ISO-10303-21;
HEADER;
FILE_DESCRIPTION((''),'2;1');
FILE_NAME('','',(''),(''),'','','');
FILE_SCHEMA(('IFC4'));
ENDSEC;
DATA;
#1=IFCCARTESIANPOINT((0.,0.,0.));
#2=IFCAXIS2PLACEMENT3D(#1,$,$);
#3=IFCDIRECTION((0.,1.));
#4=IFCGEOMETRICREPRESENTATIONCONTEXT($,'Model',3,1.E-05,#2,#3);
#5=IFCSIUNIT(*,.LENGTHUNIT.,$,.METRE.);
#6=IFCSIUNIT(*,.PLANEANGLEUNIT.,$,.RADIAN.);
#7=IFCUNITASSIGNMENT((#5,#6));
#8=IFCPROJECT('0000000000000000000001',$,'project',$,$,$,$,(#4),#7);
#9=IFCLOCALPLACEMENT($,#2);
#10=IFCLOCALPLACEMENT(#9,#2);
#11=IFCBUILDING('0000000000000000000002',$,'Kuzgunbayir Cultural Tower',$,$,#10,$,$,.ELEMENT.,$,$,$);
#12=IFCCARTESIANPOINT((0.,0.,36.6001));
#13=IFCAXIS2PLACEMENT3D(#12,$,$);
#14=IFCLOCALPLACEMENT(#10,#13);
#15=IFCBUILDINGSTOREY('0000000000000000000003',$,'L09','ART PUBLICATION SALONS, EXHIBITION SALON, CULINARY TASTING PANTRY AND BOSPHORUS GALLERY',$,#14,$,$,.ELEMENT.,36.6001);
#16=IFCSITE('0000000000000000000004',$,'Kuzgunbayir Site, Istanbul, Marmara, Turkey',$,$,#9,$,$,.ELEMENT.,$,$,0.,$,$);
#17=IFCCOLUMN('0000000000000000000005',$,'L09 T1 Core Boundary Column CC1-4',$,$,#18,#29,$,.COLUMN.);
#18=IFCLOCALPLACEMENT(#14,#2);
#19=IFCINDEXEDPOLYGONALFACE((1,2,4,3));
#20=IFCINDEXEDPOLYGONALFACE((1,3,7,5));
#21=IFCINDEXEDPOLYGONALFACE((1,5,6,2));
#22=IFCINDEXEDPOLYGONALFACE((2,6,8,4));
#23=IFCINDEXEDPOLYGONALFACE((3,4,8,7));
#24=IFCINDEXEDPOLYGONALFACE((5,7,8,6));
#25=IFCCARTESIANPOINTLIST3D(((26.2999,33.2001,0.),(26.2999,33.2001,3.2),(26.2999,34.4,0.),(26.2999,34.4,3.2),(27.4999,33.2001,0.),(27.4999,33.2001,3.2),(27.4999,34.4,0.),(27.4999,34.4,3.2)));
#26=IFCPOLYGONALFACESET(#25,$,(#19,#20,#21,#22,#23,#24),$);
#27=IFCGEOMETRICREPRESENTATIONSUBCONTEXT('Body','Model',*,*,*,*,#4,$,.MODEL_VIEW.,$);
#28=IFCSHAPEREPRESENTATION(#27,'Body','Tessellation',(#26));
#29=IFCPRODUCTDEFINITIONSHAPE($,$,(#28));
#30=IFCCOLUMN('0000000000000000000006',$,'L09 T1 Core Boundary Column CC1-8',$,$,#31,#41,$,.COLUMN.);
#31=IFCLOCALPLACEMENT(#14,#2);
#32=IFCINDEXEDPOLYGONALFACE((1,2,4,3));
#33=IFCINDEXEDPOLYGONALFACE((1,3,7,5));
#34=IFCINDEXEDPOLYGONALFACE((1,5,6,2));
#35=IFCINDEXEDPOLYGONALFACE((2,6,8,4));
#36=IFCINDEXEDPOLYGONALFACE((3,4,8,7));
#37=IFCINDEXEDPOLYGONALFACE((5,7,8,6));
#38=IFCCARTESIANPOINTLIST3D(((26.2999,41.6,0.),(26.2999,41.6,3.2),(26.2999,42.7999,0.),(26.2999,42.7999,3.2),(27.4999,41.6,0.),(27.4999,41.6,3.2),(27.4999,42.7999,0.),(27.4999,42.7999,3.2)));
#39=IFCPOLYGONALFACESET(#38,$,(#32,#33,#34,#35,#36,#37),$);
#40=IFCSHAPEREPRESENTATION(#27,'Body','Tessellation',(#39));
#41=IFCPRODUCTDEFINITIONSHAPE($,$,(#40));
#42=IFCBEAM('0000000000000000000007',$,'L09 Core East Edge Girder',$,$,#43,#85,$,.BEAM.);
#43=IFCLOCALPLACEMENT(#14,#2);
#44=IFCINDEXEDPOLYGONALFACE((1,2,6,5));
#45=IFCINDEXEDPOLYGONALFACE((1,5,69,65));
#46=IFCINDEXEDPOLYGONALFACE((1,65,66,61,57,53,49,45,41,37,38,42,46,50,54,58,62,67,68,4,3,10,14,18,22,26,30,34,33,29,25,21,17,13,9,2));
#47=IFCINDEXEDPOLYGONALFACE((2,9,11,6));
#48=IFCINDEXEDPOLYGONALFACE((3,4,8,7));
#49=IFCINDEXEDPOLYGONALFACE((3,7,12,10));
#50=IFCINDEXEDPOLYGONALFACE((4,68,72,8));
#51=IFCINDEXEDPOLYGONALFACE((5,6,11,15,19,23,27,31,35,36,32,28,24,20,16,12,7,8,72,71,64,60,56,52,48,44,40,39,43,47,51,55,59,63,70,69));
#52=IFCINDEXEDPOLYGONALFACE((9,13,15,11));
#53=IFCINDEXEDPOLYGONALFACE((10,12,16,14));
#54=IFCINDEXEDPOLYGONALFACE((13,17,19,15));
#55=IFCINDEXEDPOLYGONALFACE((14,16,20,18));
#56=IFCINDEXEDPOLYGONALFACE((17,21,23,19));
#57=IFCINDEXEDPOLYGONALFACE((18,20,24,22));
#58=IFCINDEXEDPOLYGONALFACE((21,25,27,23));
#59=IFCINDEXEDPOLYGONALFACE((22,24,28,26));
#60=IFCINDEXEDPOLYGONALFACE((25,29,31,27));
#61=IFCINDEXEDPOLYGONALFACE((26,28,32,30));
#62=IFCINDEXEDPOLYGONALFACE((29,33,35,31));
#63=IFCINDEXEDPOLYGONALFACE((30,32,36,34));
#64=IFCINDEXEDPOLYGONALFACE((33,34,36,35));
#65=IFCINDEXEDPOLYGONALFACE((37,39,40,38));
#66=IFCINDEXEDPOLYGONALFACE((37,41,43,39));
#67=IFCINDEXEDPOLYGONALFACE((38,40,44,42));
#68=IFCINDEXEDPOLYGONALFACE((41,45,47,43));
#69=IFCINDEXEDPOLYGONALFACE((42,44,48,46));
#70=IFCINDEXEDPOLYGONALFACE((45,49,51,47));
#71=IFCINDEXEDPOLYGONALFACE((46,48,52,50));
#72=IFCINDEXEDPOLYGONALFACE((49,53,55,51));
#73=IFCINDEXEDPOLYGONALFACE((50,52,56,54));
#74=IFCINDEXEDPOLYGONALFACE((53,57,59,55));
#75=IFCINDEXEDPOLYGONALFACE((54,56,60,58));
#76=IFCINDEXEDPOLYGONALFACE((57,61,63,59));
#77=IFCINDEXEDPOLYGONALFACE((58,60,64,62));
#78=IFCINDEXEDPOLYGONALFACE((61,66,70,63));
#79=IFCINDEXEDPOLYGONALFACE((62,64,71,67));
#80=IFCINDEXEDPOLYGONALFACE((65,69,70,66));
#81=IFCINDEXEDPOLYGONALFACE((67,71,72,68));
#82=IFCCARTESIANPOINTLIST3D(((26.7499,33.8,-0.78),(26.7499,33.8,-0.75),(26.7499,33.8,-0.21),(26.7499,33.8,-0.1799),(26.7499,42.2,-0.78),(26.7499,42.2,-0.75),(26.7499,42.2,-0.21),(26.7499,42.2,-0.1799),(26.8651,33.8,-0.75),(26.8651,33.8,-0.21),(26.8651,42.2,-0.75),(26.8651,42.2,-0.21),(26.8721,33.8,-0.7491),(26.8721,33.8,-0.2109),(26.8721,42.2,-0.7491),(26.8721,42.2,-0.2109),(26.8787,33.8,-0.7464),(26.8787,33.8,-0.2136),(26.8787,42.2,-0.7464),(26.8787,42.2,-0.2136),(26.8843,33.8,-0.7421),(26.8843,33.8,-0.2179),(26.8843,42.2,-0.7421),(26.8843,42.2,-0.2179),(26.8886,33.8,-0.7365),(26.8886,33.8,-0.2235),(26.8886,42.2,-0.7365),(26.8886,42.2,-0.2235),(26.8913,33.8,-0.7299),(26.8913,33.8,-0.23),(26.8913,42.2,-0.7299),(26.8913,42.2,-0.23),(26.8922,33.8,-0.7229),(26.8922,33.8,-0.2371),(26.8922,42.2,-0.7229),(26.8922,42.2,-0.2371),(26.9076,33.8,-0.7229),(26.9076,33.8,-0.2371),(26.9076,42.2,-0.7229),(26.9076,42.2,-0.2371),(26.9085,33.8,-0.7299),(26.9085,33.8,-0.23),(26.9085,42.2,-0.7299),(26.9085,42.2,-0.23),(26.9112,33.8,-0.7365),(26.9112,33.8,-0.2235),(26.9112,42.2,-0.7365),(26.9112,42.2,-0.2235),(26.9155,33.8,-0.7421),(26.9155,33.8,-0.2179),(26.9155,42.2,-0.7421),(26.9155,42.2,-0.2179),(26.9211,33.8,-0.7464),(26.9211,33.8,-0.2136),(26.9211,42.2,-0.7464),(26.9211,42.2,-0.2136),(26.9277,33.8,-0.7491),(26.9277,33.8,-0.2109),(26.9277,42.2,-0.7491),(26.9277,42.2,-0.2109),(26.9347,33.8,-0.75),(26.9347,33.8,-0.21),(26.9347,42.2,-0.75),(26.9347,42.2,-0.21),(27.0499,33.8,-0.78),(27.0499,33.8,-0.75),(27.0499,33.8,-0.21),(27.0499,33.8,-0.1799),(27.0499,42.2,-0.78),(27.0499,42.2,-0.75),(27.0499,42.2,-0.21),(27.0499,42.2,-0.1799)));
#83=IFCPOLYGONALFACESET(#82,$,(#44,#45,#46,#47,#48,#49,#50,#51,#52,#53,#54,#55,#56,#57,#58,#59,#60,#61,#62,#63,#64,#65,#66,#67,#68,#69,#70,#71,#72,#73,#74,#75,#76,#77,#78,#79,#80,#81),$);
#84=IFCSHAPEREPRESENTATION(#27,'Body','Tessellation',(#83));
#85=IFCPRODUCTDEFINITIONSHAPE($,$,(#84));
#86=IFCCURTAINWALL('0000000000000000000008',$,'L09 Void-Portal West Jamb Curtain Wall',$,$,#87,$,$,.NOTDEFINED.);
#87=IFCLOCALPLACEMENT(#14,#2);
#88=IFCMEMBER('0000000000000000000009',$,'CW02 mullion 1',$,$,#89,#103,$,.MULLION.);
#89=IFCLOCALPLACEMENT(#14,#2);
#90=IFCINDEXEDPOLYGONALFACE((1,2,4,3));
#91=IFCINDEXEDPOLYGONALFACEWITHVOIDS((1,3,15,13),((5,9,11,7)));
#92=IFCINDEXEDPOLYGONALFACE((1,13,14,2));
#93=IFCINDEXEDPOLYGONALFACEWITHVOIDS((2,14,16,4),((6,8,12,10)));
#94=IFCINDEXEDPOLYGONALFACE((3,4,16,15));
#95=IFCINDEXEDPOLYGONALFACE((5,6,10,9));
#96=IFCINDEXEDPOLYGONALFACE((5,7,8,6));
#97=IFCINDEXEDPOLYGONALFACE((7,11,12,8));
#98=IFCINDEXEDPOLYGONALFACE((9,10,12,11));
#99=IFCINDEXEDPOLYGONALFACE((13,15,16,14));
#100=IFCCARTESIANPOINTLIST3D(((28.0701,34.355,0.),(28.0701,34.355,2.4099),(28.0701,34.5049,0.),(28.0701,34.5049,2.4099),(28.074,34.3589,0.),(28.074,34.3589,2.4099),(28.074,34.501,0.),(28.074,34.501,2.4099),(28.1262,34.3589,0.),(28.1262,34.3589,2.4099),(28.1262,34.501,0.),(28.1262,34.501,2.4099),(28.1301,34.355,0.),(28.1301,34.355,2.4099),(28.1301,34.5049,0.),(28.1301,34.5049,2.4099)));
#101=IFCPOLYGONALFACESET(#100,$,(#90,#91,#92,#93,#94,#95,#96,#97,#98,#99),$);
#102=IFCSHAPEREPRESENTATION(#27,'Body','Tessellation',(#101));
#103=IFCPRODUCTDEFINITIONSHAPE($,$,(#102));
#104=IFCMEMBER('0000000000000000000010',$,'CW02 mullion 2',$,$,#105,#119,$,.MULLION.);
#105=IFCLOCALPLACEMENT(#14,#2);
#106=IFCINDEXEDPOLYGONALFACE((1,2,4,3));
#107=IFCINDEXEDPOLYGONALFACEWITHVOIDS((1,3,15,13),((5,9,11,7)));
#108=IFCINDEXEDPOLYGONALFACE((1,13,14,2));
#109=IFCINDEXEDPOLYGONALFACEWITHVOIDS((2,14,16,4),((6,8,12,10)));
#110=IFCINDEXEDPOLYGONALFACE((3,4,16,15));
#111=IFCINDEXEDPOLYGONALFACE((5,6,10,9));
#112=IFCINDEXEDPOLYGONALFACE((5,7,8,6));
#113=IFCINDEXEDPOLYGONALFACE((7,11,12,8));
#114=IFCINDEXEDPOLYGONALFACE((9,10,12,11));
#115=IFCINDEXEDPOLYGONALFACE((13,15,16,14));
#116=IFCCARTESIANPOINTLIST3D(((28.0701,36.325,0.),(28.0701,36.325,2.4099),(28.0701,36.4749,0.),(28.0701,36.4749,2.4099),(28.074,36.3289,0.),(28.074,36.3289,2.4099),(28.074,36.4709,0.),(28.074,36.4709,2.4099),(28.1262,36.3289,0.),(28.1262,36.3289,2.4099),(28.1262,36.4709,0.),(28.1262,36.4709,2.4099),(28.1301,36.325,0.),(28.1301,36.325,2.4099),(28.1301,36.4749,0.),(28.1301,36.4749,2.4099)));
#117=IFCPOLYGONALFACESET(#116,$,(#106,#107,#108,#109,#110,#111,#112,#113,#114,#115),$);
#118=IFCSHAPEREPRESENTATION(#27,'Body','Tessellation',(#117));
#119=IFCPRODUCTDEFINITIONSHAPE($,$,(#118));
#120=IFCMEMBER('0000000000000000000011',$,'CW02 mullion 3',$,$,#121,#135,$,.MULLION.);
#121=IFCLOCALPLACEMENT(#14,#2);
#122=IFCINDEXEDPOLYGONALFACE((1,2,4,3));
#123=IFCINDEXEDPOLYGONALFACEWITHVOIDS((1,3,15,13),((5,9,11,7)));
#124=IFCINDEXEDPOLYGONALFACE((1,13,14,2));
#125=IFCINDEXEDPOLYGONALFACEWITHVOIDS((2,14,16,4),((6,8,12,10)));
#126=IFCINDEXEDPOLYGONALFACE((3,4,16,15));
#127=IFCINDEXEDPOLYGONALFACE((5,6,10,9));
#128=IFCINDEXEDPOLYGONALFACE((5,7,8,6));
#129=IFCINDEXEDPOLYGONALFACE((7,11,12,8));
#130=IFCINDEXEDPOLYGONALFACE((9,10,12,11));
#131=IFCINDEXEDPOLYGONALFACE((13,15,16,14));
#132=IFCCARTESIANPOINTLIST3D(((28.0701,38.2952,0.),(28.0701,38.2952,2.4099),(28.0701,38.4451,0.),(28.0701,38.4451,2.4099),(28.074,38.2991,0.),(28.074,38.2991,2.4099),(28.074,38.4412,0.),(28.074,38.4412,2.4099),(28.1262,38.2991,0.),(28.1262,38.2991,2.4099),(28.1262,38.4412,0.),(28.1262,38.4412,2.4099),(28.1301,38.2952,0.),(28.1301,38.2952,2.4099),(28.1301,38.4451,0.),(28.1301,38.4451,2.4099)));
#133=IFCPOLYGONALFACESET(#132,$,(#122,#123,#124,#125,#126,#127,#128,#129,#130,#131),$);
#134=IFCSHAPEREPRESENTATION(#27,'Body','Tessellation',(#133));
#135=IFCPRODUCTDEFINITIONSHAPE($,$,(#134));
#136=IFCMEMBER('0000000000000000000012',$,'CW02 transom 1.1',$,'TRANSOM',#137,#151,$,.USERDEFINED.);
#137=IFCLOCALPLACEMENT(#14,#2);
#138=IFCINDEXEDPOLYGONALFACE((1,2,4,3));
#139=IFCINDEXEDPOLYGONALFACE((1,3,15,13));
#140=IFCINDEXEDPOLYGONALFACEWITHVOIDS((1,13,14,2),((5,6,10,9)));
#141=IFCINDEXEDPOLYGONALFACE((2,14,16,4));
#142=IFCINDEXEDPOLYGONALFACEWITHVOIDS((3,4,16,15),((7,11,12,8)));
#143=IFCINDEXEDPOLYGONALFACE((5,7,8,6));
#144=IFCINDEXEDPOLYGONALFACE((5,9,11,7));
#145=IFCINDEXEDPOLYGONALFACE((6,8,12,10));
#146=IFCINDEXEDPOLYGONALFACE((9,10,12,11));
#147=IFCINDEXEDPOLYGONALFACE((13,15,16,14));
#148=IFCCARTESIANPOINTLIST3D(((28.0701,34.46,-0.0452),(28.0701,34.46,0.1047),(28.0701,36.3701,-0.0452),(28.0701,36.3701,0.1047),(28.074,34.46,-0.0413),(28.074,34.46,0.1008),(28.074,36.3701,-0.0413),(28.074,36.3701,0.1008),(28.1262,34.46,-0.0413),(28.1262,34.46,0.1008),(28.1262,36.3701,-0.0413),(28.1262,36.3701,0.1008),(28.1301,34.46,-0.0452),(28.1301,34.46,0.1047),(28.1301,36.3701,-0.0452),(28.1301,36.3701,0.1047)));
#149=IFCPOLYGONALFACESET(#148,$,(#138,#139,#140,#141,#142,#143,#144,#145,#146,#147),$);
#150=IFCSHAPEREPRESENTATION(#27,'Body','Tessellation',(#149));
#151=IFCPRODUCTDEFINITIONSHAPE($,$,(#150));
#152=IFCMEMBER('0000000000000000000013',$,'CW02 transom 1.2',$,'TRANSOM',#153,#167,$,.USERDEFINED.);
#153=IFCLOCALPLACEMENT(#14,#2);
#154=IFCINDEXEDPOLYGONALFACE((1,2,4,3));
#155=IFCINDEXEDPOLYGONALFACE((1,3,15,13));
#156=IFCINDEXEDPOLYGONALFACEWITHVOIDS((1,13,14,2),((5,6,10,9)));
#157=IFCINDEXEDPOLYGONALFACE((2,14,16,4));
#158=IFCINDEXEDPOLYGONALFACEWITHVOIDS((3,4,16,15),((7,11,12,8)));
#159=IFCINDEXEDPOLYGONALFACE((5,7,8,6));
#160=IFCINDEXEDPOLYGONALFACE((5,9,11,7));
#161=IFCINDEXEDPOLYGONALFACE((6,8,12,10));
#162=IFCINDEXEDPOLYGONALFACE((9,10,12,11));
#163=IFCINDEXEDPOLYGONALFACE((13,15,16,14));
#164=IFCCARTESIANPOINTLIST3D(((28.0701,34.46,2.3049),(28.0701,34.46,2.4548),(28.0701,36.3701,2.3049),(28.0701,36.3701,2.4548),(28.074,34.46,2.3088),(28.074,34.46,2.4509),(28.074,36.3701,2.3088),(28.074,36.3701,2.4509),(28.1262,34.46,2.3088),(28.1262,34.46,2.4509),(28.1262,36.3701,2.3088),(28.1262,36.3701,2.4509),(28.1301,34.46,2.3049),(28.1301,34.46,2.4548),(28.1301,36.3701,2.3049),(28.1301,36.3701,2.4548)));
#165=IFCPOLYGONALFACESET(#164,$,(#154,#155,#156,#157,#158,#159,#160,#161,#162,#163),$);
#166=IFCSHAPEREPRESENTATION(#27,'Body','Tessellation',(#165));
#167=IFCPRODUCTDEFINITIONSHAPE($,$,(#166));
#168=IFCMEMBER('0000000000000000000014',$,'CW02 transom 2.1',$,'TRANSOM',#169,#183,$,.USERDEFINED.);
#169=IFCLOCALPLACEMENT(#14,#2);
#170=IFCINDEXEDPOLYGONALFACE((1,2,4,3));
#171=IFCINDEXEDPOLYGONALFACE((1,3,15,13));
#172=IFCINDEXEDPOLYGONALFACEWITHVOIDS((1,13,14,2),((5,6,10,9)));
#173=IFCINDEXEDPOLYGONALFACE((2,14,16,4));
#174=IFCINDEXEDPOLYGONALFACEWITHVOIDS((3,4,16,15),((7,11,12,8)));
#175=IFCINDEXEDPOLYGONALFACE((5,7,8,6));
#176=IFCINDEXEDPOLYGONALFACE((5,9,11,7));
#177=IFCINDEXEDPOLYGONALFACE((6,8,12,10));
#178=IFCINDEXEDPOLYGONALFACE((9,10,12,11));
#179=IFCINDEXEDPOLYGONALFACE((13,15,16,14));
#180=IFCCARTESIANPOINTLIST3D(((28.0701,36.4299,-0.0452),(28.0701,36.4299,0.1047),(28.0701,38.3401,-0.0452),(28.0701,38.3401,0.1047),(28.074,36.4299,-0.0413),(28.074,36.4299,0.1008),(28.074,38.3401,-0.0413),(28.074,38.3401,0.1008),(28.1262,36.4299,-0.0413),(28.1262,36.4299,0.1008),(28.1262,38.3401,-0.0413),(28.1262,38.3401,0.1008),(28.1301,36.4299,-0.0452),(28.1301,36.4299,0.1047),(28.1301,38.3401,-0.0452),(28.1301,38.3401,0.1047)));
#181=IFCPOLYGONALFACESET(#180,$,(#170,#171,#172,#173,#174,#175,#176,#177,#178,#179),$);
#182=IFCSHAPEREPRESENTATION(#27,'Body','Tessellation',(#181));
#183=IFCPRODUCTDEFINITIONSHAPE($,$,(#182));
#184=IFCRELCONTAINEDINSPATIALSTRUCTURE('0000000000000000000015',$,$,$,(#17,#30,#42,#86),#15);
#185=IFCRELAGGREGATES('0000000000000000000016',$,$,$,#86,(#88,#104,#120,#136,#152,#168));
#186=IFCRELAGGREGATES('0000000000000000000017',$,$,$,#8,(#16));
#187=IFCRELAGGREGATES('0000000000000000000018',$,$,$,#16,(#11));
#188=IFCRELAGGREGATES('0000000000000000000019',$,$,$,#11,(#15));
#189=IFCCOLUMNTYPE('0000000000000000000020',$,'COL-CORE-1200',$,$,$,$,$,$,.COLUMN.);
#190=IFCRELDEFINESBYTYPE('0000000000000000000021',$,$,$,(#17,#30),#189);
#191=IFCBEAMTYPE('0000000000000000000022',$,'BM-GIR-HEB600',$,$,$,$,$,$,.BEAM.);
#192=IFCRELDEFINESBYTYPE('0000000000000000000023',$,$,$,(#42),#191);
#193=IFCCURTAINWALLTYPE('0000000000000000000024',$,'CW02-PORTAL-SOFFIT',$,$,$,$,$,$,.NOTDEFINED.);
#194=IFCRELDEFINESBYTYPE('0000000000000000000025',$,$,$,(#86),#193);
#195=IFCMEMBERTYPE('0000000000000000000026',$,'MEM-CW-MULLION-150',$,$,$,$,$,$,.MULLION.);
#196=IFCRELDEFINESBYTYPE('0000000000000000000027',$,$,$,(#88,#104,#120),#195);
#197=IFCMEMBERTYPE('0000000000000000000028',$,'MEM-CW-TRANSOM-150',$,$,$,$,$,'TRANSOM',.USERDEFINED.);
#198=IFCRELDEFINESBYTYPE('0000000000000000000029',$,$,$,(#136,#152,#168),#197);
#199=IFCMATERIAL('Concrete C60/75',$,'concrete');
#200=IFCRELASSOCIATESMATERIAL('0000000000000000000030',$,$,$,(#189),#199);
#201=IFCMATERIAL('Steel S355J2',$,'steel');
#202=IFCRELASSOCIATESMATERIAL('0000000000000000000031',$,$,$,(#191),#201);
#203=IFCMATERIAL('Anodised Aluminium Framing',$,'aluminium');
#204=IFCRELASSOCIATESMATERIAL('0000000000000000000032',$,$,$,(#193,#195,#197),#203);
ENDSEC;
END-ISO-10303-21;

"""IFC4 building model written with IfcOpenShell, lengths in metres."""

from ifc_helpers import new_model, si_unit, direction, frame, origin, origin_2d, place, context, subcontext, project, spatial, rectangle, hollow_rectangle, i_section, extrude, material, material_profile, profile_set, type_object, element, aggregate, save


model = new_model("IFC4")

# Units and contexts
model_context = context("Model", 3, precision=1e-05, world=origin(), true_north=direction((0.0, 1.0)))
body_context = subcontext(model_context, "Body", "Model", "MODEL_VIEW")
ifc_project = project(units=[si_unit("LENGTHUNIT", "METRE"), si_unit("PLANEANGLEUNIT", "RADIAN")], contexts=[model_context])

# Site, building, storey
site_placement = place(None, origin())
site = spatial("IfcSite", under=ifc_project, at=site_placement, Name="Kuzgunbayir Site, Istanbul, Marmara, Turkey", CompositionType="ELEMENT", RefElevation=0.0)
building_placement = place(site_placement, origin())
building = spatial("IfcBuilding", under=site, at=building_placement, Name="Kuzgunbayir Cultural Tower", CompositionType="ELEMENT")
storey_placement = place(building_placement, frame((0.0, 0.0, 36.6001)))
storey = spatial("IfcBuildingStorey", under=building, at=storey_placement, Name="L09", Description="ART PUBLICATION SALONS, EXHIBITION SALON, CULINARY TASTING PANTRY AND BOSPHORUS GALLERY", CompositionType="ELEMENT", Elevation=36.6001)

# Columns
ifc_material_1 = material(Name="Concrete C60/75", Category="concrete")
ifc_material_profile_1 = material_profile(ifc_material_1, rectangle(XDim=1.2, YDim=1.2, at=origin_2d()), Name="RC 1200x1200")
ifc_profile_set_1 = profile_set([ifc_material_profile_1], Name="Concrete C60/75")
column_type = type_object("IfcColumnType", Name="COL-CORE-1200", PredefinedType="COLUMN", material=ifc_profile_set_1)
for number, where, z_axis, x_axis, name in (
    (1, (26.8999, 33.8, 0.0), (0.0, 0.0, 1.0), (1.0, 0.0, 0.0), "L09 T1 Core Boundary Column CC1-4"),
    (2, (26.8999, 42.2, 0.0), (0.0, 0.0, 1.0), (1.0, 0.0, 0.0), "L09 T1 Core Boundary Column CC1-8"),
):
    element("IfcColumn", number, at=place(storey_placement, frame(where, z_axis=z_axis, x_axis=x_axis)), inside=storey, type_object=column_type, Name=name, PredefinedType="COLUMN", context=body_context, shape_type="SweptSolid", body=[
        extrude(rectangle(XDim=1.2, YDim=1.2, at=origin_2d()), origin(), (0.0, 0.0, 1.0), 3.2),
    ])

# Beam
ifc_material_2 = material(Name="Steel S355J2", Category="steel")
ifc_material_profile_2 = material_profile(ifc_material_2, i_section(OverallWidth=0.3, OverallDepth=0.6001, WebThickness=0.0154, FlangeThickness=0.03, FilletRadius=0.0271, at=origin_2d()), Name="HEB 600")
ifc_profile_set_2 = profile_set([ifc_material_profile_2], Name="Steel S355J2")
beam_type = type_object("IfcBeamType", Name="BM-GIR-HEB600", PredefinedType="BEAM", material=ifc_profile_set_2)
beam_placement = place(storey_placement, frame((26.8999, 33.8, -0.48), z_axis=(0.0, 1.0, 0.0), x_axis=(-1.0, 0.0, 0.0)))
element("IfcBeam", 3, at=beam_placement, inside=storey, type_object=beam_type, Name="L09 Core East Edge Girder", PredefinedType="BEAM", context=body_context, shape_type="SweptSolid", body=[
    extrude(i_section(OverallWidth=0.3, OverallDepth=0.6001, WebThickness=0.0154, FlangeThickness=0.03, FilletRadius=0.0271, at=origin_2d()), origin(), (0.0, 0.0, 1.0), 8.3999),
])

# Curtain wall, members
ifc_material_3 = material(Name="Anodised Aluminium Framing", Category="aluminium")
curtain_wall_type = type_object("IfcCurtainWallType", Name="CW02-PORTAL-SOFFIT", PredefinedType="NOTDEFINED", material=ifc_material_3)
curtain_wall_placement = place(storey_placement, origin())
curtain_wall = element("IfcCurtainWall", 4, at=curtain_wall_placement, inside=storey, type_object=curtain_wall_type, Name="L09 Void-Portal West Jamb Curtain Wall", PredefinedType="NOTDEFINED")
ifc_material_profile_3 = material_profile(ifc_material_3, hollow_rectangle(XDim=0.0601, YDim=0.1499, WallThickness=0.0039, at=origin_2d()), Name="RHS 150x60x4")
ifc_profile_set_3 = profile_set([ifc_material_profile_3], Name="Anodised Aluminium Framing")
member_type_1 = type_object("IfcMemberType", Name="MEM-CW-MULLION-150", PredefinedType="MULLION", material=ifc_profile_set_3)
member_1_placement = place(storey_placement, frame((28.1001, 34.4299, 0.0), z_axis=(0.0, 0.0, 1.0), x_axis=(-1.0, 0.0, 0.0)))
member_1 = element("IfcMember", 5, at=member_1_placement, type_object=member_type_1, Name="CW02 mullion 1", PredefinedType="MULLION", context=body_context, shape_type="SweptSolid", body=[
    extrude(hollow_rectangle(XDim=0.0601, YDim=0.1499, WallThickness=0.0039, at=origin_2d()), origin(), (0.0, 0.0, 1.0), 2.4099),
])
member_2_placement = place(storey_placement, frame((28.1001, 36.3999, 0.0), z_axis=(0.0, 0.0, 1.0), x_axis=(-1.0, 0.0, 0.0)))
member_2 = element("IfcMember", 6, at=member_2_placement, type_object=member_type_1, Name="CW02 mullion 2", PredefinedType="MULLION", context=body_context, shape_type="SweptSolid", body=[
    extrude(hollow_rectangle(XDim=0.0601, YDim=0.1499, WallThickness=0.0039, at=origin_2d()), origin(), (0.0, 0.0, 1.0), 2.4099),
])
member_3_placement = place(storey_placement, frame((28.1001, 38.3701, 0.0), z_axis=(0.0, 0.0, 1.0), x_axis=(-1.0, 0.0, 0.0)))
member_3 = element("IfcMember", 7, at=member_3_placement, type_object=member_type_1, Name="CW02 mullion 3", PredefinedType="MULLION", context=body_context, shape_type="SweptSolid", body=[
    extrude(hollow_rectangle(XDim=0.0601, YDim=0.1499, WallThickness=0.0039, at=origin_2d()), origin(), (0.0, 0.0, 1.0), 2.4099),
])
ifc_material_profile_4 = material_profile(ifc_material_3, hollow_rectangle(XDim=0.0601, YDim=0.1499, WallThickness=0.0039, at=origin_2d()), Name="RHS 150x60x4")
ifc_profile_set_4 = profile_set([ifc_material_profile_4], Name="Anodised Aluminium Framing")
member_type_2 = type_object("IfcMemberType", Name="MEM-CW-TRANSOM-150", ElementType="TRANSOM", PredefinedType="USERDEFINED", material=ifc_profile_set_4)
member_4_placement = place(storey_placement, frame((28.1001, 34.46, 0.0298), z_axis=(0.0, 1.0, 0.0), x_axis=(-1.0, 0.0, 0.0)))
member_4 = element("IfcMember", 8, at=member_4_placement, type_object=member_type_2, Name="CW02 transom 1.1", ObjectType="TRANSOM", PredefinedType="USERDEFINED", context=body_context, shape_type="SweptSolid", body=[
    extrude(hollow_rectangle(XDim=0.0601, YDim=0.1499, WallThickness=0.0039, at=origin_2d()), origin(), (0.0, 0.0, 1.0), 1.9102),
])
member_5_placement = place(storey_placement, frame((28.1001, 34.46, 2.3799), z_axis=(0.0, 1.0, 0.0), x_axis=(-1.0, 0.0, 0.0)))
member_5 = element("IfcMember", 9, at=member_5_placement, type_object=member_type_2, Name="CW02 transom 1.2", ObjectType="TRANSOM", PredefinedType="USERDEFINED", context=body_context, shape_type="SweptSolid", body=[
    extrude(hollow_rectangle(XDim=0.0601, YDim=0.1499, WallThickness=0.0039, at=origin_2d()), origin(), (0.0, 0.0, 1.0), 1.9102),
])
member_6_placement = place(storey_placement, frame((28.1001, 36.4299, 0.0298), z_axis=(0.0, 1.0, 0.0), x_axis=(-1.0, 0.0, 0.0)))
member_6 = element("IfcMember", 10, at=member_6_placement, type_object=member_type_2, Name="CW02 transom 2.1", ObjectType="TRANSOM", PredefinedType="USERDEFINED", context=body_context, shape_type="SweptSolid", body=[
    extrude(hollow_rectangle(XDim=0.0601, YDim=0.1499, WallThickness=0.0039, at=origin_2d()), origin(), (0.0, 0.0, 1.0), 1.9102),
])

aggregate(curtain_wall, [member_1, member_2, member_3, member_4, member_5, member_6])

save(model, "model.ifc")
